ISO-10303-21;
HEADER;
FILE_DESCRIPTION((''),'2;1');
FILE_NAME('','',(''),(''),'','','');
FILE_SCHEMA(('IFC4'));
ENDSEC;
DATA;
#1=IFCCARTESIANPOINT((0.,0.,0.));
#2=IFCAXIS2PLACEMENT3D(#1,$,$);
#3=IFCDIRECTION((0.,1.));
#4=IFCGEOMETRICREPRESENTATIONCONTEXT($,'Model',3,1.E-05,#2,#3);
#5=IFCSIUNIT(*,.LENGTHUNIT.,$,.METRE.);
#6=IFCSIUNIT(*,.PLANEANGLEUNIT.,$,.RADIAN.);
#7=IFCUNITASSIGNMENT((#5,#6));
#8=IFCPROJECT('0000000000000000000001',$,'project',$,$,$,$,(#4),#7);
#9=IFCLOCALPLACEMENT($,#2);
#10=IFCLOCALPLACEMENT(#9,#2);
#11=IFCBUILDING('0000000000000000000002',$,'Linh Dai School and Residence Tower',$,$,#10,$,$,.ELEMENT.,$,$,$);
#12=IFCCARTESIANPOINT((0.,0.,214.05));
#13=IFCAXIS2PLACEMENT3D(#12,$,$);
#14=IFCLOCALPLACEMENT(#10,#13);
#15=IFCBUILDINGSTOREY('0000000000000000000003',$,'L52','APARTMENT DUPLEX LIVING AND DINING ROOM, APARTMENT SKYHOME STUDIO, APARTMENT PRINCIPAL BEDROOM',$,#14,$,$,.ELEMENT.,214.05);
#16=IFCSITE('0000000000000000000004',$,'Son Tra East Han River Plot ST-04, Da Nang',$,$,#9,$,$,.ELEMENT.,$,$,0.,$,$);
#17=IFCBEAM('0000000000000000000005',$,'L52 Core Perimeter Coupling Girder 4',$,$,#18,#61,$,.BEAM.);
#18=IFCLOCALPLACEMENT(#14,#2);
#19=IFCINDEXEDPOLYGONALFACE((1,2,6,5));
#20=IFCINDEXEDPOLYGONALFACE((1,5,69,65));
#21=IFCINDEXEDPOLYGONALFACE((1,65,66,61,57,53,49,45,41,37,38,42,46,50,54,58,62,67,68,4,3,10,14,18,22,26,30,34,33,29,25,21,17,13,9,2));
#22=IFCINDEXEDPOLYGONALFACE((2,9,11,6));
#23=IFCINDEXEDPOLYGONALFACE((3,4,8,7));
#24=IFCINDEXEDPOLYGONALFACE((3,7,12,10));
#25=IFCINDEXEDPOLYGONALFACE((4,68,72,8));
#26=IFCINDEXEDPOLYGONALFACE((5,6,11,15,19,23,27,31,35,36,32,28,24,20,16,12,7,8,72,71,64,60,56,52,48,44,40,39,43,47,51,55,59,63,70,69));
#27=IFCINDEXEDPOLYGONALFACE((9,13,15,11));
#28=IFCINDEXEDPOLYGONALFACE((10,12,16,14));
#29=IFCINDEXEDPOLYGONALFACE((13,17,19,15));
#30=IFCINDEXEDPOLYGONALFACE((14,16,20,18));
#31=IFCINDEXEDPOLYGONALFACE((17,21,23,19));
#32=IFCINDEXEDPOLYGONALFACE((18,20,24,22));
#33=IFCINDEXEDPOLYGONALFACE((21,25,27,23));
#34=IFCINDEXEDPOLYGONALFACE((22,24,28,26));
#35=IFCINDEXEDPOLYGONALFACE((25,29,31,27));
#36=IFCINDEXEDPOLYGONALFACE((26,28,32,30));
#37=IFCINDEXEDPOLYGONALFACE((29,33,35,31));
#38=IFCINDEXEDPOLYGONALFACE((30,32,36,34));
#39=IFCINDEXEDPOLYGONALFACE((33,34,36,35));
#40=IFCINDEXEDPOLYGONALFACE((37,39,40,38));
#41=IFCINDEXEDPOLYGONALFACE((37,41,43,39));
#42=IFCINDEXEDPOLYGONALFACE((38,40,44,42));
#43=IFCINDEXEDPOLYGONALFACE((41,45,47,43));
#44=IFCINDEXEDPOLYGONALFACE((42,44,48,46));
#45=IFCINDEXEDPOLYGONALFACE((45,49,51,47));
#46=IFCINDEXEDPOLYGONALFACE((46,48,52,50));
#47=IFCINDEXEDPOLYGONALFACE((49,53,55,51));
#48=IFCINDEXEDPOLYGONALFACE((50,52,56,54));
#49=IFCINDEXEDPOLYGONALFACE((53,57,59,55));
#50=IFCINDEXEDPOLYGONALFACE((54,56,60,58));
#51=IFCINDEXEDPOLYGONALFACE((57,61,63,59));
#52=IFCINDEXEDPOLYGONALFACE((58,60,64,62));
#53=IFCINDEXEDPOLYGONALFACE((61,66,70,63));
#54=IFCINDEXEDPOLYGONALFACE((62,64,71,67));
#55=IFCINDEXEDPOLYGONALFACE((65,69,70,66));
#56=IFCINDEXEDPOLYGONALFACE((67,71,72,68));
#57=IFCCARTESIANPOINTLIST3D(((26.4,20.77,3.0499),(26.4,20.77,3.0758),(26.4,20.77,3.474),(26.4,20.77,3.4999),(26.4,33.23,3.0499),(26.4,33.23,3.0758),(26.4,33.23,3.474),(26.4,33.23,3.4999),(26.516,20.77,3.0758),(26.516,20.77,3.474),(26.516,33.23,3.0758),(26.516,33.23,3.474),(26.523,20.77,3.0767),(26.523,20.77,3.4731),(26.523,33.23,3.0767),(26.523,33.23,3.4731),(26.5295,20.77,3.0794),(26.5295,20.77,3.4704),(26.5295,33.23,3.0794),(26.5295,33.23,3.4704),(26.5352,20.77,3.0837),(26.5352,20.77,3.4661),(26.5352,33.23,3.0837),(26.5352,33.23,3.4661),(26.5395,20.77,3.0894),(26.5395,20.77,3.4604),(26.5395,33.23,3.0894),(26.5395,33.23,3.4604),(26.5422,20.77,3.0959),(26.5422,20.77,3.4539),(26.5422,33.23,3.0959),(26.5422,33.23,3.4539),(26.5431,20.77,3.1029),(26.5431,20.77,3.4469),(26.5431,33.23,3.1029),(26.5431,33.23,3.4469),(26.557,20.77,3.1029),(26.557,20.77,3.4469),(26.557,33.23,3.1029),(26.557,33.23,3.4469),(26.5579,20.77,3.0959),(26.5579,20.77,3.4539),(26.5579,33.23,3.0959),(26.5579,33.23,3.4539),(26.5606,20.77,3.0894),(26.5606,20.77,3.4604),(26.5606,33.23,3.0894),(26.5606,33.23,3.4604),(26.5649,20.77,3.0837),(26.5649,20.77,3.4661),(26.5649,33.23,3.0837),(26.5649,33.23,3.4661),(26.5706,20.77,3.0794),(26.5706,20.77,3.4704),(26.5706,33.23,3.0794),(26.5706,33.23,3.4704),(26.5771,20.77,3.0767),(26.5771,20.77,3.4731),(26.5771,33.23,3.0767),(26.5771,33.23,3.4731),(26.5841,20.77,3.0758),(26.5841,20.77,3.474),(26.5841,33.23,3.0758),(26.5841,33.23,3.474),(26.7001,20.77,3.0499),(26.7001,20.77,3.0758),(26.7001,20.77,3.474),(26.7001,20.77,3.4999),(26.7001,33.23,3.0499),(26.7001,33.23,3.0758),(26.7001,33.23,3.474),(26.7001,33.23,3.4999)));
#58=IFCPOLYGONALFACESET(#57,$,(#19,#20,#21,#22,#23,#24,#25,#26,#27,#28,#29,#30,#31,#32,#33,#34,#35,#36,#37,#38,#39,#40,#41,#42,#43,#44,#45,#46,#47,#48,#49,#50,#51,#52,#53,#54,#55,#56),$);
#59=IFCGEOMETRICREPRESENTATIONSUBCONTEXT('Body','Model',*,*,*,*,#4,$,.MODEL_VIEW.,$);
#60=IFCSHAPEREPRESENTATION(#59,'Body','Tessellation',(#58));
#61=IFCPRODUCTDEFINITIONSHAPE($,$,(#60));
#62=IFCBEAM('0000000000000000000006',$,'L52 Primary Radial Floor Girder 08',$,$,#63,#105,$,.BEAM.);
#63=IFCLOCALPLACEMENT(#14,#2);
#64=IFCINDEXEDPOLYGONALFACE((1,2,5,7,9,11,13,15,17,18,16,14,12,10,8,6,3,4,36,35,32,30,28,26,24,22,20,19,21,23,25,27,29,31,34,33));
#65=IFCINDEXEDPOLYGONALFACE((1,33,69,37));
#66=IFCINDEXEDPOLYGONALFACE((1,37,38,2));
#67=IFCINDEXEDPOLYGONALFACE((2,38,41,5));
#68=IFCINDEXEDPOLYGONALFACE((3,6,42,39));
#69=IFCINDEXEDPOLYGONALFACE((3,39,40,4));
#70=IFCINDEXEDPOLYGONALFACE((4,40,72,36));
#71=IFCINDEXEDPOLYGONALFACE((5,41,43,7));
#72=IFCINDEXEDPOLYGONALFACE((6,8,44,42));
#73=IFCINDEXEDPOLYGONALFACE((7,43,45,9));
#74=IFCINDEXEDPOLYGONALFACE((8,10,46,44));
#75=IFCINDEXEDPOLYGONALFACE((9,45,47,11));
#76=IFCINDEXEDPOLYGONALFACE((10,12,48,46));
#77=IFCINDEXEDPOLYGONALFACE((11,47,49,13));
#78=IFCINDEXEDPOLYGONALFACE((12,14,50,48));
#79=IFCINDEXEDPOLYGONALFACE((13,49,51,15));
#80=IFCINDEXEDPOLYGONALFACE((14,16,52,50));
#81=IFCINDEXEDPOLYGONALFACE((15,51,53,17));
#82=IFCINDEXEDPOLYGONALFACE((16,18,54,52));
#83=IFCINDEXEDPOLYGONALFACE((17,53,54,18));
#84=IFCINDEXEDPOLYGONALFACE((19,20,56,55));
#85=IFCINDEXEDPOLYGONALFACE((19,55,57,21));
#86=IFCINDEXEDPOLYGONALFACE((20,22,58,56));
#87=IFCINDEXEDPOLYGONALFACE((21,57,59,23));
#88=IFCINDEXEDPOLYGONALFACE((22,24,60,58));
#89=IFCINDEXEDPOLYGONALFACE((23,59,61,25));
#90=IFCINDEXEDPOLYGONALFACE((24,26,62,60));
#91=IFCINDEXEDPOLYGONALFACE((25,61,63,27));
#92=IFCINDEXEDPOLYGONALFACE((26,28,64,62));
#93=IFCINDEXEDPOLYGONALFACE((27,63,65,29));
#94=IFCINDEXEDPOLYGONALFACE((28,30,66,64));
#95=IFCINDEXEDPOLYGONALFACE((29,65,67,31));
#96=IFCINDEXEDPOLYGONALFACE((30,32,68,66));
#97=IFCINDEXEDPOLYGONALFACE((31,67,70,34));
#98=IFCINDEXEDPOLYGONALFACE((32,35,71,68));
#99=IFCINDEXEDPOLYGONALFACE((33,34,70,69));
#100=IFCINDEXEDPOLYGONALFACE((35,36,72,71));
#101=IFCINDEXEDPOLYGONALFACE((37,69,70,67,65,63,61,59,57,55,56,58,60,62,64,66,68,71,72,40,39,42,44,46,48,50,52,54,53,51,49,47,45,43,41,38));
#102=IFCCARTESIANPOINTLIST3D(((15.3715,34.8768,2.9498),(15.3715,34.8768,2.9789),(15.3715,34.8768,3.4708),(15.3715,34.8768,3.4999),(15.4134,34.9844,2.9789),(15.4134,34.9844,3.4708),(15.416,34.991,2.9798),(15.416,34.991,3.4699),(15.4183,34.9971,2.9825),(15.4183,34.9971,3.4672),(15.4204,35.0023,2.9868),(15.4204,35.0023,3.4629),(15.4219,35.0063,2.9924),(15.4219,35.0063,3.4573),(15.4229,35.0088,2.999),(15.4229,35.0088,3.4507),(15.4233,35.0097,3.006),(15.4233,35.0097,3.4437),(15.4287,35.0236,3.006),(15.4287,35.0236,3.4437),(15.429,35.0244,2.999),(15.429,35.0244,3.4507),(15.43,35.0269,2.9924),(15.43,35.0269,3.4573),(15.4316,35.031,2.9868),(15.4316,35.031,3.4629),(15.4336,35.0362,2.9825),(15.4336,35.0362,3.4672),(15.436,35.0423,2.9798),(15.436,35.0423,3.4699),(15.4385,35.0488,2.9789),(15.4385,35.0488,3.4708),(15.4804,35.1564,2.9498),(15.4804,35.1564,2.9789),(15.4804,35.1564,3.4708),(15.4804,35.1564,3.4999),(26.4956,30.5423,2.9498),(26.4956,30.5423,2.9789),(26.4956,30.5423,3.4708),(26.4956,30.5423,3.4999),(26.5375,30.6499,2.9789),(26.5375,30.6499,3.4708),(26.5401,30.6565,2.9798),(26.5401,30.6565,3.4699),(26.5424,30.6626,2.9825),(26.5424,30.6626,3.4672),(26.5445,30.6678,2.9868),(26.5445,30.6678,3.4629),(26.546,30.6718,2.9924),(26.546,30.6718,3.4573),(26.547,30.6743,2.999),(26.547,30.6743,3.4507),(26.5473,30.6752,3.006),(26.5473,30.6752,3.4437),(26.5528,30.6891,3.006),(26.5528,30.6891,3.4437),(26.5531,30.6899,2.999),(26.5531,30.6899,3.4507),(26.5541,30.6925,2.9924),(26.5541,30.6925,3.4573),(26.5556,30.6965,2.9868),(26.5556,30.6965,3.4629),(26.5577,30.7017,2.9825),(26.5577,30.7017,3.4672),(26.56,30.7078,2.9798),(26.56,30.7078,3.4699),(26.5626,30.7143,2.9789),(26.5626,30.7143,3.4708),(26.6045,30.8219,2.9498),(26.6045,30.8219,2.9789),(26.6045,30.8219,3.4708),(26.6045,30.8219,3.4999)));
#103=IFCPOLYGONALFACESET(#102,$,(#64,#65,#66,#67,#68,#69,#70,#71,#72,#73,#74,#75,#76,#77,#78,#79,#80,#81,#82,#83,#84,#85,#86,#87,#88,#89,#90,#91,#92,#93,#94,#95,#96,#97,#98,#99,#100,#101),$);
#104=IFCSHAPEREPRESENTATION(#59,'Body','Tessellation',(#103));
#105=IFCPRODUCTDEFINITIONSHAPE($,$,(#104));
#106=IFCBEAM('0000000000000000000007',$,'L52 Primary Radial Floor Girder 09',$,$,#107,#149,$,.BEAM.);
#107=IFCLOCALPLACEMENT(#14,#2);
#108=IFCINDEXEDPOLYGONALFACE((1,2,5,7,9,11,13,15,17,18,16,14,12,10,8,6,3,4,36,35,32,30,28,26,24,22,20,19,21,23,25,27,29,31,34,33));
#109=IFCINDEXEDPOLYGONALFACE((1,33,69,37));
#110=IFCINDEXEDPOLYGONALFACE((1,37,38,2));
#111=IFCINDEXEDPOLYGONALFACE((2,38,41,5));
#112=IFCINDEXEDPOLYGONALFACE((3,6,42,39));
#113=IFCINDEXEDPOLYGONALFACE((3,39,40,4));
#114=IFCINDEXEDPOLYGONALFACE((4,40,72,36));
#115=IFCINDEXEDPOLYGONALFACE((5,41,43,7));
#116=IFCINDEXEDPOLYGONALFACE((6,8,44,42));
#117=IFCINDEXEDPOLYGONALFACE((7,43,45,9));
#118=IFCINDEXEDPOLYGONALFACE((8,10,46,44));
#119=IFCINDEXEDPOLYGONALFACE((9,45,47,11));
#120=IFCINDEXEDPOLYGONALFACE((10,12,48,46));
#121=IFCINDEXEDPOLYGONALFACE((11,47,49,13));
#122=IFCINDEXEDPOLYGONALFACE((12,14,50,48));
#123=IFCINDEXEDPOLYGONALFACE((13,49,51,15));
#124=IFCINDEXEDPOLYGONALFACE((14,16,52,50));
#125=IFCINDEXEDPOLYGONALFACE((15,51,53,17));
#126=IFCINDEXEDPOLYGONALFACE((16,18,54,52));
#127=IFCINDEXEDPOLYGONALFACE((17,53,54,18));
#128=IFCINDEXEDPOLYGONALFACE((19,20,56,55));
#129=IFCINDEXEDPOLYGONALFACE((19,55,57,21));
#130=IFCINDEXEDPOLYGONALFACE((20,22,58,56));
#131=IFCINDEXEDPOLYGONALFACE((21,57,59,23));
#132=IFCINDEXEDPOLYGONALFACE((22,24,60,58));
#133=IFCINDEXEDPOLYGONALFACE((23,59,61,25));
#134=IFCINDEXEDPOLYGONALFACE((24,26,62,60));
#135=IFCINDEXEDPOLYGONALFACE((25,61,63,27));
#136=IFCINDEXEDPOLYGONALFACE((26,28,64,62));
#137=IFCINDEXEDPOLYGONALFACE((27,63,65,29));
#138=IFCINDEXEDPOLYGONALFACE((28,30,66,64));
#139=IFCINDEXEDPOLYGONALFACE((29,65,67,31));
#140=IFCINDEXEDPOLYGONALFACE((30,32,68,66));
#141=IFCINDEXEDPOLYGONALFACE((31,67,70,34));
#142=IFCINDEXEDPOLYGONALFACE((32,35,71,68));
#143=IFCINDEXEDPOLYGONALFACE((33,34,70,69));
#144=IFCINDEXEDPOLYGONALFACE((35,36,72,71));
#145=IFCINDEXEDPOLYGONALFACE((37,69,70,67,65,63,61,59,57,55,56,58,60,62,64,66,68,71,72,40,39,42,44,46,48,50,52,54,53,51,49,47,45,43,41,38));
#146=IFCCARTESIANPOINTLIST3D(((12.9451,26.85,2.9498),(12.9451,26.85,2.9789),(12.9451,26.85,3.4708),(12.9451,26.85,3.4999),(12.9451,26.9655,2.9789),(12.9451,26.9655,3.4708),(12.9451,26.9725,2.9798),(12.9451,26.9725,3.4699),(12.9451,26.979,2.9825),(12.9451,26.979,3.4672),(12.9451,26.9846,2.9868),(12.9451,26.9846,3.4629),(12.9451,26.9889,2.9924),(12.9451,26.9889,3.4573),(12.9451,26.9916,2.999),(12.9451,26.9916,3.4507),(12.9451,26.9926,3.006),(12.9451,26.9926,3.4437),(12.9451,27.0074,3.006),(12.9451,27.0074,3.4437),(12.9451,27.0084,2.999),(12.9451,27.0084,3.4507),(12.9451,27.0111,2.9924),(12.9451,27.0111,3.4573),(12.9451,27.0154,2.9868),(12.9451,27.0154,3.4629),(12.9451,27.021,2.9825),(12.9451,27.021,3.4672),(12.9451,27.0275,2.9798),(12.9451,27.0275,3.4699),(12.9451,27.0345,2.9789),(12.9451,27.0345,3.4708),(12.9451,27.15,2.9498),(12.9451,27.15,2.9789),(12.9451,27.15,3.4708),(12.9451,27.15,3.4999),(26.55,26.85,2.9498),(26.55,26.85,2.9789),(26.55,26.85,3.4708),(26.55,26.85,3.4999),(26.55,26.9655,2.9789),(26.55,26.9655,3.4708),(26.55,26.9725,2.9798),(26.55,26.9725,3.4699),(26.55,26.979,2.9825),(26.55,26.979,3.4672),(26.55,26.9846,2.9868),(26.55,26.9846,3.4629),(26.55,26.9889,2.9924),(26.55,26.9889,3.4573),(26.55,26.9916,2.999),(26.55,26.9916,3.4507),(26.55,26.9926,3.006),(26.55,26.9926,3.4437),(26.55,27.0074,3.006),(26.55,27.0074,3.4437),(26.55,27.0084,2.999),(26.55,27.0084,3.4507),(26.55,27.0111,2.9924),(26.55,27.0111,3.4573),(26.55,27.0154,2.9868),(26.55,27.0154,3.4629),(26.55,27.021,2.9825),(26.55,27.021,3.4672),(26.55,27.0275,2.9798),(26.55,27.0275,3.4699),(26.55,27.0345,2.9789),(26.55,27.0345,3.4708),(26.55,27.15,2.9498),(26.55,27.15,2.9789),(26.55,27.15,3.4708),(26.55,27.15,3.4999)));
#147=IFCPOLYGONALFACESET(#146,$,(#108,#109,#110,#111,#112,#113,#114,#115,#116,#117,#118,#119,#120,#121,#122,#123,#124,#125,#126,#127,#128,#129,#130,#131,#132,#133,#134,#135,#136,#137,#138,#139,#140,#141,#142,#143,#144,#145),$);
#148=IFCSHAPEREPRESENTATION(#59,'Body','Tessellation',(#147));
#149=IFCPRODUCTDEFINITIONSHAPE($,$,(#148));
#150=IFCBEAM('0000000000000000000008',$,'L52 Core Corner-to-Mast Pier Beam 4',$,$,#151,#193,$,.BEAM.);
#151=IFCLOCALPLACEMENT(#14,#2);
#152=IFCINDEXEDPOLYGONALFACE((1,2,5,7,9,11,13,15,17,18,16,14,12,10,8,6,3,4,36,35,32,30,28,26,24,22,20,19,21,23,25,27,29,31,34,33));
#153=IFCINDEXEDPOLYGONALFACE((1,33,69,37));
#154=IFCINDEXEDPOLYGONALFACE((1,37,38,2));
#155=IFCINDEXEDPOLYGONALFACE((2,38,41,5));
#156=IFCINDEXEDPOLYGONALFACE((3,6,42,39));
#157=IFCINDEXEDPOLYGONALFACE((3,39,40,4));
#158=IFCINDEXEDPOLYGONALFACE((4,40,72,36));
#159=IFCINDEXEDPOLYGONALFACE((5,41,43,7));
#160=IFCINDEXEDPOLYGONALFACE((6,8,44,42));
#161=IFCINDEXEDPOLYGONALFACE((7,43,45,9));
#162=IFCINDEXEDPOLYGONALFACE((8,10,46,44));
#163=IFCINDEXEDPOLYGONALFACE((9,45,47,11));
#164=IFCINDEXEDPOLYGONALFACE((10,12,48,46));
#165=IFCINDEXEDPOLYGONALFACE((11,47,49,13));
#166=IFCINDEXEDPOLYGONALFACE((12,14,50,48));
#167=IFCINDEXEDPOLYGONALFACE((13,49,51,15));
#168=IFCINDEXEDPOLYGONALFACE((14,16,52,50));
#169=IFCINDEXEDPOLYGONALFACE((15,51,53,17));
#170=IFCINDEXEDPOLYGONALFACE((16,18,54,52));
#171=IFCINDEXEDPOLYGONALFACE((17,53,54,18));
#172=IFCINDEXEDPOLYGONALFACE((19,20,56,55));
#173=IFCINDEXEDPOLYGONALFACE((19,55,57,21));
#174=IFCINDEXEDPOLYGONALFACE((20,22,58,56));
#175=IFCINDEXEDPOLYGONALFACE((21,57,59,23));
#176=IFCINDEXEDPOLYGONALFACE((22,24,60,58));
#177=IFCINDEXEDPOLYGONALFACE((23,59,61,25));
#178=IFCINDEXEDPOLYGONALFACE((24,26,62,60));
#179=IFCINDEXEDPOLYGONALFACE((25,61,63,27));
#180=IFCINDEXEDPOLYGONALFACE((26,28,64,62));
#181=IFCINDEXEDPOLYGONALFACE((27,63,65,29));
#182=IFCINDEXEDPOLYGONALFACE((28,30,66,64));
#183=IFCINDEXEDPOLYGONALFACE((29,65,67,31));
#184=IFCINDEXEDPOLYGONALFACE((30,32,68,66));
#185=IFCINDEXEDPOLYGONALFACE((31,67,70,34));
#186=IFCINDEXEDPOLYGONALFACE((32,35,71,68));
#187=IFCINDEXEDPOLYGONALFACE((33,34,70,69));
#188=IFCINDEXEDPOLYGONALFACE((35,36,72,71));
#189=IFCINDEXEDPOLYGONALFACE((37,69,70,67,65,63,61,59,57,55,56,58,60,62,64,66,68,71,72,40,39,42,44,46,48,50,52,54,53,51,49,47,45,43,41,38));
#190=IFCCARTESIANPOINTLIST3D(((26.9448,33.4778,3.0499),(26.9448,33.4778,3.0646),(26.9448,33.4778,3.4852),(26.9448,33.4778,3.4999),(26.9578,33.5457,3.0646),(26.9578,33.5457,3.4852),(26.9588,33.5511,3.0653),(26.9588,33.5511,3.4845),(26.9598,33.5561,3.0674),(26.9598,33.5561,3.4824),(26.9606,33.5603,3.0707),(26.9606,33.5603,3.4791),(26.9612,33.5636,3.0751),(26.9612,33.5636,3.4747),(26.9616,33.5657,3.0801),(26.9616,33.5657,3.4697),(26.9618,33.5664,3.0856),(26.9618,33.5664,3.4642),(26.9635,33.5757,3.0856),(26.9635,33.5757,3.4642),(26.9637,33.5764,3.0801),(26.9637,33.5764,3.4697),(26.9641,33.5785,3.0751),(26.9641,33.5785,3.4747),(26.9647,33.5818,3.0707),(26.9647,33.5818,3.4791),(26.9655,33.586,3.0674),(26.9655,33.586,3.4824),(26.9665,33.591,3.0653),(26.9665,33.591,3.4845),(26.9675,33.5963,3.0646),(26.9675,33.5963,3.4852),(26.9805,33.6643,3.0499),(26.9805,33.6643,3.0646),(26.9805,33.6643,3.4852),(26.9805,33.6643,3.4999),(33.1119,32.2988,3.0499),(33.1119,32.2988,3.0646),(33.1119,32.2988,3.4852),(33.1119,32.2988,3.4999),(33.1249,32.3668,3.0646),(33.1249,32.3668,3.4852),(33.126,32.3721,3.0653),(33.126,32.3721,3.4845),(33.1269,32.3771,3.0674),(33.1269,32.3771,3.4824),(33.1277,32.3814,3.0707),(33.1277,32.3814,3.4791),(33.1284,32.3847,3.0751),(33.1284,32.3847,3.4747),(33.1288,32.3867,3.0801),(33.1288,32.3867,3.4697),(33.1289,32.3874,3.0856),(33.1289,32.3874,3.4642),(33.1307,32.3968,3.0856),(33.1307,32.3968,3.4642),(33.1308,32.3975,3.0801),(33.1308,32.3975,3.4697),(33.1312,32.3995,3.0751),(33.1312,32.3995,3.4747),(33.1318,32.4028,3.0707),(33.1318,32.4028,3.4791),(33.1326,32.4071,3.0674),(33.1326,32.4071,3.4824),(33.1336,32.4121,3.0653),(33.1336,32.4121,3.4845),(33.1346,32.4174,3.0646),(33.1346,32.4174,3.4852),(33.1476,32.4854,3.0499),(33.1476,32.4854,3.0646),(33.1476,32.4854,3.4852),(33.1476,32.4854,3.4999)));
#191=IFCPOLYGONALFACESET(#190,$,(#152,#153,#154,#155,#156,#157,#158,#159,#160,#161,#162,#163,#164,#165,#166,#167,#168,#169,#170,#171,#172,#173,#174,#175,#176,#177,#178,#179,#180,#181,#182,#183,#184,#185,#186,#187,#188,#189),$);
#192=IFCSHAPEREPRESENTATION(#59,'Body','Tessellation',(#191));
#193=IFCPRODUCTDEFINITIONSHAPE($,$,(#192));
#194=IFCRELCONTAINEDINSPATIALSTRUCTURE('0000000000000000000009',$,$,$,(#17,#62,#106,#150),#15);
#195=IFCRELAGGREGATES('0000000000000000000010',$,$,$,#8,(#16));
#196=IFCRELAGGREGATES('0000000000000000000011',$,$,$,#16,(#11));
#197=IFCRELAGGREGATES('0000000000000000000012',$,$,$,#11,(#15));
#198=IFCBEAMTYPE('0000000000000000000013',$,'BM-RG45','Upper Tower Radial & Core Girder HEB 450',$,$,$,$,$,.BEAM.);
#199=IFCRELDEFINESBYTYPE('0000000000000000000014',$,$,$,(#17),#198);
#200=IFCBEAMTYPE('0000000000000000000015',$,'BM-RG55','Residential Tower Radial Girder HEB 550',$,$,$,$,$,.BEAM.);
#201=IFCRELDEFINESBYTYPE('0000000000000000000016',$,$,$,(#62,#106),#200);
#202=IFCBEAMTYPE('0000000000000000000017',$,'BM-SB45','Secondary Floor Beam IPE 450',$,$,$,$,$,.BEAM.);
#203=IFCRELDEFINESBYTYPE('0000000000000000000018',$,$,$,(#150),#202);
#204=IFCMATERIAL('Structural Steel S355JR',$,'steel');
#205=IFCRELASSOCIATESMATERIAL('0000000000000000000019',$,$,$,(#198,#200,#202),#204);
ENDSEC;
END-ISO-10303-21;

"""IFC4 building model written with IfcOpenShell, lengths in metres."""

from ifc_helpers import new_model, si_unit, direction, frame, origin, origin_2d, place, context, subcontext, project, spatial, i_section, extrude, material, material_profile, profile_set, type_object, element, save


model = new_model("IFC4")

# Units and contexts
model_context = context("Model", 3, precision=1e-05, world=origin(), true_north=direction((0.0, 1.0)))
body_context = subcontext(model_context, "Body", "Model", "MODEL_VIEW")
ifc_project = project(units=[si_unit("LENGTHUNIT", "METRE"), si_unit("PLANEANGLEUNIT", "RADIAN")], contexts=[model_context])

# Site, building, storey
site_placement = place(None, origin())
site = spatial("IfcSite", under=ifc_project, at=site_placement, Name="Son Tra East Han River Plot ST-04, Da Nang", CompositionType="ELEMENT", RefElevation=0.0)
building_placement = place(site_placement, origin())
building = spatial("IfcBuilding", under=site, at=building_placement, Name="Linh Dai School and Residence Tower", CompositionType="ELEMENT")
storey_placement = place(building_placement, frame((0.0, 0.0, 214.05)))
storey = spatial("IfcBuildingStorey", under=building, at=storey_placement, Name="L52", Description="APARTMENT DUPLEX LIVING AND DINING ROOM, APARTMENT SKYHOME STUDIO, APARTMENT PRINCIPAL BEDROOM", CompositionType="ELEMENT", Elevation=214.05)

# Shared definitions
ifc_material_1 = material(Name="Structural Steel S355JR", Category="steel")

# Beams
ifc_material_profile_1 = material_profile(ifc_material_1, i_section(OverallWidth=0.3, OverallDepth=0.45, WebThickness=0.0139, FlangeThickness=0.0259, FilletRadius=0.0271, at=origin_2d()), Name="HEB 450")
ifc_profile_set_1 = profile_set([ifc_material_profile_1], Name="Structural Steel S355JR")
beam_type_1 = type_object("IfcBeamType", Name="BM-RG45", Description="Upper Tower Radial & Core Girder HEB 450", PredefinedType="BEAM", material=ifc_profile_set_1)
beam_1_placement = place(storey_placement, frame((26.55, 33.23, 3.2749), z_axis=(0.0, -1.0, 0.0), x_axis=(1.0, 0.0, 0.0)))
element("IfcBeam", 1, at=beam_1_placement, inside=storey, type_object=beam_type_1, Name="L52 Core Perimeter Coupling Girder 4", PredefinedType="BEAM", context=body_context, shape_type="SweptSolid", body=[
    extrude(i_section(OverallWidth=0.3, OverallDepth=0.45, WebThickness=0.0139, FlangeThickness=0.0259, FilletRadius=0.0271, at=origin_2d()), origin(), (0.0, 0.0, 1.0), 12.46),
])
ifc_material_profile_2 = material_profile(ifc_material_1, i_section(OverallWidth=0.3, OverallDepth=0.55, WebThickness=0.0149, FlangeThickness=0.0291, FilletRadius=0.0271, at=origin_2d()), Name="HEB 550")
ifc_profile_set_2 = profile_set([ifc_material_profile_2], Name="Structural Steel S355JR")
beam_type_2 = type_object("IfcBeamType", Name="BM-RG55", Description="Residential Tower Radial Girder HEB 550", PredefinedType="BEAM", material=ifc_profile_set_2)
beam_2_placement = place(storey_placement, frame((26.55, 30.6821, 3.2249), z_axis=(-0.931765, 0.363062, 0.0), x_axis=(-0.363062, -0.931765, 0.0)))
element("IfcBeam", 2, at=beam_2_placement, inside=storey, type_object=beam_type_2, Name="L52 Primary Radial Floor Girder 08", PredefinedType="BEAM", context=body_context, shape_type="SweptSolid", body=[
    extrude(i_section(OverallWidth=0.3, OverallDepth=0.55, WebThickness=0.0149, FlangeThickness=0.0291, FilletRadius=0.0271, at=origin_2d()), origin(), (0.0, 0.0, 1.0), 11.9387),
])
beam_3_placement = place(storey_placement, frame((26.55, 27.0, 3.2249), z_axis=(-1.0, 0.0, 0.0), x_axis=(0.0, -1.0, 0.0)))
element("IfcBeam", 3, at=beam_3_placement, inside=storey, type_object=beam_type_2, Name="L52 Primary Radial Floor Girder 09", PredefinedType="BEAM", context=body_context, shape_type="SweptSolid", body=[
    extrude(i_section(OverallWidth=0.3, OverallDepth=0.55, WebThickness=0.0149, FlangeThickness=0.0291, FilletRadius=0.0271, at=origin_2d()), origin(), (0.0, 0.0, 1.0), 13.605),
])
ifc_material_profile_3 = material_profile(ifc_material_1, i_section(OverallWidth=0.1899, OverallDepth=0.45, WebThickness=0.0095, FlangeThickness=0.0146, FilletRadius=0.021, at=origin_2d()), Name="IPE 450")
ifc_profile_set_3 = profile_set([ifc_material_profile_3], Name="Structural Steel S355JR")
beam_type_3 = type_object("IfcBeamType", Name="BM-SB45", Description="Secondary Floor Beam IPE 450", PredefinedType="BEAM", material=ifc_profile_set_3)
beam_4_placement = place(storey_placement, frame((26.9626, 33.571, 3.2749), z_axis=(0.982214, -0.187764, 0.0), x_axis=(0.187764, 0.982214, 0.0)))
element("IfcBeam", 4, at=beam_4_placement, inside=storey, type_object=beam_type_3, Name="L52 Core Corner-to-Mast Pier Beam 4", PredefinedType="BEAM", context=body_context, shape_type="SweptSolid", body=[
    extrude(i_section(OverallWidth=0.1899, OverallDepth=0.45, WebThickness=0.0095, FlangeThickness=0.0146, FilletRadius=0.021, at=origin_2d()), origin(), (0.0, 0.0, 1.0), 6.2788),
])

save(model, "model.ifc")
